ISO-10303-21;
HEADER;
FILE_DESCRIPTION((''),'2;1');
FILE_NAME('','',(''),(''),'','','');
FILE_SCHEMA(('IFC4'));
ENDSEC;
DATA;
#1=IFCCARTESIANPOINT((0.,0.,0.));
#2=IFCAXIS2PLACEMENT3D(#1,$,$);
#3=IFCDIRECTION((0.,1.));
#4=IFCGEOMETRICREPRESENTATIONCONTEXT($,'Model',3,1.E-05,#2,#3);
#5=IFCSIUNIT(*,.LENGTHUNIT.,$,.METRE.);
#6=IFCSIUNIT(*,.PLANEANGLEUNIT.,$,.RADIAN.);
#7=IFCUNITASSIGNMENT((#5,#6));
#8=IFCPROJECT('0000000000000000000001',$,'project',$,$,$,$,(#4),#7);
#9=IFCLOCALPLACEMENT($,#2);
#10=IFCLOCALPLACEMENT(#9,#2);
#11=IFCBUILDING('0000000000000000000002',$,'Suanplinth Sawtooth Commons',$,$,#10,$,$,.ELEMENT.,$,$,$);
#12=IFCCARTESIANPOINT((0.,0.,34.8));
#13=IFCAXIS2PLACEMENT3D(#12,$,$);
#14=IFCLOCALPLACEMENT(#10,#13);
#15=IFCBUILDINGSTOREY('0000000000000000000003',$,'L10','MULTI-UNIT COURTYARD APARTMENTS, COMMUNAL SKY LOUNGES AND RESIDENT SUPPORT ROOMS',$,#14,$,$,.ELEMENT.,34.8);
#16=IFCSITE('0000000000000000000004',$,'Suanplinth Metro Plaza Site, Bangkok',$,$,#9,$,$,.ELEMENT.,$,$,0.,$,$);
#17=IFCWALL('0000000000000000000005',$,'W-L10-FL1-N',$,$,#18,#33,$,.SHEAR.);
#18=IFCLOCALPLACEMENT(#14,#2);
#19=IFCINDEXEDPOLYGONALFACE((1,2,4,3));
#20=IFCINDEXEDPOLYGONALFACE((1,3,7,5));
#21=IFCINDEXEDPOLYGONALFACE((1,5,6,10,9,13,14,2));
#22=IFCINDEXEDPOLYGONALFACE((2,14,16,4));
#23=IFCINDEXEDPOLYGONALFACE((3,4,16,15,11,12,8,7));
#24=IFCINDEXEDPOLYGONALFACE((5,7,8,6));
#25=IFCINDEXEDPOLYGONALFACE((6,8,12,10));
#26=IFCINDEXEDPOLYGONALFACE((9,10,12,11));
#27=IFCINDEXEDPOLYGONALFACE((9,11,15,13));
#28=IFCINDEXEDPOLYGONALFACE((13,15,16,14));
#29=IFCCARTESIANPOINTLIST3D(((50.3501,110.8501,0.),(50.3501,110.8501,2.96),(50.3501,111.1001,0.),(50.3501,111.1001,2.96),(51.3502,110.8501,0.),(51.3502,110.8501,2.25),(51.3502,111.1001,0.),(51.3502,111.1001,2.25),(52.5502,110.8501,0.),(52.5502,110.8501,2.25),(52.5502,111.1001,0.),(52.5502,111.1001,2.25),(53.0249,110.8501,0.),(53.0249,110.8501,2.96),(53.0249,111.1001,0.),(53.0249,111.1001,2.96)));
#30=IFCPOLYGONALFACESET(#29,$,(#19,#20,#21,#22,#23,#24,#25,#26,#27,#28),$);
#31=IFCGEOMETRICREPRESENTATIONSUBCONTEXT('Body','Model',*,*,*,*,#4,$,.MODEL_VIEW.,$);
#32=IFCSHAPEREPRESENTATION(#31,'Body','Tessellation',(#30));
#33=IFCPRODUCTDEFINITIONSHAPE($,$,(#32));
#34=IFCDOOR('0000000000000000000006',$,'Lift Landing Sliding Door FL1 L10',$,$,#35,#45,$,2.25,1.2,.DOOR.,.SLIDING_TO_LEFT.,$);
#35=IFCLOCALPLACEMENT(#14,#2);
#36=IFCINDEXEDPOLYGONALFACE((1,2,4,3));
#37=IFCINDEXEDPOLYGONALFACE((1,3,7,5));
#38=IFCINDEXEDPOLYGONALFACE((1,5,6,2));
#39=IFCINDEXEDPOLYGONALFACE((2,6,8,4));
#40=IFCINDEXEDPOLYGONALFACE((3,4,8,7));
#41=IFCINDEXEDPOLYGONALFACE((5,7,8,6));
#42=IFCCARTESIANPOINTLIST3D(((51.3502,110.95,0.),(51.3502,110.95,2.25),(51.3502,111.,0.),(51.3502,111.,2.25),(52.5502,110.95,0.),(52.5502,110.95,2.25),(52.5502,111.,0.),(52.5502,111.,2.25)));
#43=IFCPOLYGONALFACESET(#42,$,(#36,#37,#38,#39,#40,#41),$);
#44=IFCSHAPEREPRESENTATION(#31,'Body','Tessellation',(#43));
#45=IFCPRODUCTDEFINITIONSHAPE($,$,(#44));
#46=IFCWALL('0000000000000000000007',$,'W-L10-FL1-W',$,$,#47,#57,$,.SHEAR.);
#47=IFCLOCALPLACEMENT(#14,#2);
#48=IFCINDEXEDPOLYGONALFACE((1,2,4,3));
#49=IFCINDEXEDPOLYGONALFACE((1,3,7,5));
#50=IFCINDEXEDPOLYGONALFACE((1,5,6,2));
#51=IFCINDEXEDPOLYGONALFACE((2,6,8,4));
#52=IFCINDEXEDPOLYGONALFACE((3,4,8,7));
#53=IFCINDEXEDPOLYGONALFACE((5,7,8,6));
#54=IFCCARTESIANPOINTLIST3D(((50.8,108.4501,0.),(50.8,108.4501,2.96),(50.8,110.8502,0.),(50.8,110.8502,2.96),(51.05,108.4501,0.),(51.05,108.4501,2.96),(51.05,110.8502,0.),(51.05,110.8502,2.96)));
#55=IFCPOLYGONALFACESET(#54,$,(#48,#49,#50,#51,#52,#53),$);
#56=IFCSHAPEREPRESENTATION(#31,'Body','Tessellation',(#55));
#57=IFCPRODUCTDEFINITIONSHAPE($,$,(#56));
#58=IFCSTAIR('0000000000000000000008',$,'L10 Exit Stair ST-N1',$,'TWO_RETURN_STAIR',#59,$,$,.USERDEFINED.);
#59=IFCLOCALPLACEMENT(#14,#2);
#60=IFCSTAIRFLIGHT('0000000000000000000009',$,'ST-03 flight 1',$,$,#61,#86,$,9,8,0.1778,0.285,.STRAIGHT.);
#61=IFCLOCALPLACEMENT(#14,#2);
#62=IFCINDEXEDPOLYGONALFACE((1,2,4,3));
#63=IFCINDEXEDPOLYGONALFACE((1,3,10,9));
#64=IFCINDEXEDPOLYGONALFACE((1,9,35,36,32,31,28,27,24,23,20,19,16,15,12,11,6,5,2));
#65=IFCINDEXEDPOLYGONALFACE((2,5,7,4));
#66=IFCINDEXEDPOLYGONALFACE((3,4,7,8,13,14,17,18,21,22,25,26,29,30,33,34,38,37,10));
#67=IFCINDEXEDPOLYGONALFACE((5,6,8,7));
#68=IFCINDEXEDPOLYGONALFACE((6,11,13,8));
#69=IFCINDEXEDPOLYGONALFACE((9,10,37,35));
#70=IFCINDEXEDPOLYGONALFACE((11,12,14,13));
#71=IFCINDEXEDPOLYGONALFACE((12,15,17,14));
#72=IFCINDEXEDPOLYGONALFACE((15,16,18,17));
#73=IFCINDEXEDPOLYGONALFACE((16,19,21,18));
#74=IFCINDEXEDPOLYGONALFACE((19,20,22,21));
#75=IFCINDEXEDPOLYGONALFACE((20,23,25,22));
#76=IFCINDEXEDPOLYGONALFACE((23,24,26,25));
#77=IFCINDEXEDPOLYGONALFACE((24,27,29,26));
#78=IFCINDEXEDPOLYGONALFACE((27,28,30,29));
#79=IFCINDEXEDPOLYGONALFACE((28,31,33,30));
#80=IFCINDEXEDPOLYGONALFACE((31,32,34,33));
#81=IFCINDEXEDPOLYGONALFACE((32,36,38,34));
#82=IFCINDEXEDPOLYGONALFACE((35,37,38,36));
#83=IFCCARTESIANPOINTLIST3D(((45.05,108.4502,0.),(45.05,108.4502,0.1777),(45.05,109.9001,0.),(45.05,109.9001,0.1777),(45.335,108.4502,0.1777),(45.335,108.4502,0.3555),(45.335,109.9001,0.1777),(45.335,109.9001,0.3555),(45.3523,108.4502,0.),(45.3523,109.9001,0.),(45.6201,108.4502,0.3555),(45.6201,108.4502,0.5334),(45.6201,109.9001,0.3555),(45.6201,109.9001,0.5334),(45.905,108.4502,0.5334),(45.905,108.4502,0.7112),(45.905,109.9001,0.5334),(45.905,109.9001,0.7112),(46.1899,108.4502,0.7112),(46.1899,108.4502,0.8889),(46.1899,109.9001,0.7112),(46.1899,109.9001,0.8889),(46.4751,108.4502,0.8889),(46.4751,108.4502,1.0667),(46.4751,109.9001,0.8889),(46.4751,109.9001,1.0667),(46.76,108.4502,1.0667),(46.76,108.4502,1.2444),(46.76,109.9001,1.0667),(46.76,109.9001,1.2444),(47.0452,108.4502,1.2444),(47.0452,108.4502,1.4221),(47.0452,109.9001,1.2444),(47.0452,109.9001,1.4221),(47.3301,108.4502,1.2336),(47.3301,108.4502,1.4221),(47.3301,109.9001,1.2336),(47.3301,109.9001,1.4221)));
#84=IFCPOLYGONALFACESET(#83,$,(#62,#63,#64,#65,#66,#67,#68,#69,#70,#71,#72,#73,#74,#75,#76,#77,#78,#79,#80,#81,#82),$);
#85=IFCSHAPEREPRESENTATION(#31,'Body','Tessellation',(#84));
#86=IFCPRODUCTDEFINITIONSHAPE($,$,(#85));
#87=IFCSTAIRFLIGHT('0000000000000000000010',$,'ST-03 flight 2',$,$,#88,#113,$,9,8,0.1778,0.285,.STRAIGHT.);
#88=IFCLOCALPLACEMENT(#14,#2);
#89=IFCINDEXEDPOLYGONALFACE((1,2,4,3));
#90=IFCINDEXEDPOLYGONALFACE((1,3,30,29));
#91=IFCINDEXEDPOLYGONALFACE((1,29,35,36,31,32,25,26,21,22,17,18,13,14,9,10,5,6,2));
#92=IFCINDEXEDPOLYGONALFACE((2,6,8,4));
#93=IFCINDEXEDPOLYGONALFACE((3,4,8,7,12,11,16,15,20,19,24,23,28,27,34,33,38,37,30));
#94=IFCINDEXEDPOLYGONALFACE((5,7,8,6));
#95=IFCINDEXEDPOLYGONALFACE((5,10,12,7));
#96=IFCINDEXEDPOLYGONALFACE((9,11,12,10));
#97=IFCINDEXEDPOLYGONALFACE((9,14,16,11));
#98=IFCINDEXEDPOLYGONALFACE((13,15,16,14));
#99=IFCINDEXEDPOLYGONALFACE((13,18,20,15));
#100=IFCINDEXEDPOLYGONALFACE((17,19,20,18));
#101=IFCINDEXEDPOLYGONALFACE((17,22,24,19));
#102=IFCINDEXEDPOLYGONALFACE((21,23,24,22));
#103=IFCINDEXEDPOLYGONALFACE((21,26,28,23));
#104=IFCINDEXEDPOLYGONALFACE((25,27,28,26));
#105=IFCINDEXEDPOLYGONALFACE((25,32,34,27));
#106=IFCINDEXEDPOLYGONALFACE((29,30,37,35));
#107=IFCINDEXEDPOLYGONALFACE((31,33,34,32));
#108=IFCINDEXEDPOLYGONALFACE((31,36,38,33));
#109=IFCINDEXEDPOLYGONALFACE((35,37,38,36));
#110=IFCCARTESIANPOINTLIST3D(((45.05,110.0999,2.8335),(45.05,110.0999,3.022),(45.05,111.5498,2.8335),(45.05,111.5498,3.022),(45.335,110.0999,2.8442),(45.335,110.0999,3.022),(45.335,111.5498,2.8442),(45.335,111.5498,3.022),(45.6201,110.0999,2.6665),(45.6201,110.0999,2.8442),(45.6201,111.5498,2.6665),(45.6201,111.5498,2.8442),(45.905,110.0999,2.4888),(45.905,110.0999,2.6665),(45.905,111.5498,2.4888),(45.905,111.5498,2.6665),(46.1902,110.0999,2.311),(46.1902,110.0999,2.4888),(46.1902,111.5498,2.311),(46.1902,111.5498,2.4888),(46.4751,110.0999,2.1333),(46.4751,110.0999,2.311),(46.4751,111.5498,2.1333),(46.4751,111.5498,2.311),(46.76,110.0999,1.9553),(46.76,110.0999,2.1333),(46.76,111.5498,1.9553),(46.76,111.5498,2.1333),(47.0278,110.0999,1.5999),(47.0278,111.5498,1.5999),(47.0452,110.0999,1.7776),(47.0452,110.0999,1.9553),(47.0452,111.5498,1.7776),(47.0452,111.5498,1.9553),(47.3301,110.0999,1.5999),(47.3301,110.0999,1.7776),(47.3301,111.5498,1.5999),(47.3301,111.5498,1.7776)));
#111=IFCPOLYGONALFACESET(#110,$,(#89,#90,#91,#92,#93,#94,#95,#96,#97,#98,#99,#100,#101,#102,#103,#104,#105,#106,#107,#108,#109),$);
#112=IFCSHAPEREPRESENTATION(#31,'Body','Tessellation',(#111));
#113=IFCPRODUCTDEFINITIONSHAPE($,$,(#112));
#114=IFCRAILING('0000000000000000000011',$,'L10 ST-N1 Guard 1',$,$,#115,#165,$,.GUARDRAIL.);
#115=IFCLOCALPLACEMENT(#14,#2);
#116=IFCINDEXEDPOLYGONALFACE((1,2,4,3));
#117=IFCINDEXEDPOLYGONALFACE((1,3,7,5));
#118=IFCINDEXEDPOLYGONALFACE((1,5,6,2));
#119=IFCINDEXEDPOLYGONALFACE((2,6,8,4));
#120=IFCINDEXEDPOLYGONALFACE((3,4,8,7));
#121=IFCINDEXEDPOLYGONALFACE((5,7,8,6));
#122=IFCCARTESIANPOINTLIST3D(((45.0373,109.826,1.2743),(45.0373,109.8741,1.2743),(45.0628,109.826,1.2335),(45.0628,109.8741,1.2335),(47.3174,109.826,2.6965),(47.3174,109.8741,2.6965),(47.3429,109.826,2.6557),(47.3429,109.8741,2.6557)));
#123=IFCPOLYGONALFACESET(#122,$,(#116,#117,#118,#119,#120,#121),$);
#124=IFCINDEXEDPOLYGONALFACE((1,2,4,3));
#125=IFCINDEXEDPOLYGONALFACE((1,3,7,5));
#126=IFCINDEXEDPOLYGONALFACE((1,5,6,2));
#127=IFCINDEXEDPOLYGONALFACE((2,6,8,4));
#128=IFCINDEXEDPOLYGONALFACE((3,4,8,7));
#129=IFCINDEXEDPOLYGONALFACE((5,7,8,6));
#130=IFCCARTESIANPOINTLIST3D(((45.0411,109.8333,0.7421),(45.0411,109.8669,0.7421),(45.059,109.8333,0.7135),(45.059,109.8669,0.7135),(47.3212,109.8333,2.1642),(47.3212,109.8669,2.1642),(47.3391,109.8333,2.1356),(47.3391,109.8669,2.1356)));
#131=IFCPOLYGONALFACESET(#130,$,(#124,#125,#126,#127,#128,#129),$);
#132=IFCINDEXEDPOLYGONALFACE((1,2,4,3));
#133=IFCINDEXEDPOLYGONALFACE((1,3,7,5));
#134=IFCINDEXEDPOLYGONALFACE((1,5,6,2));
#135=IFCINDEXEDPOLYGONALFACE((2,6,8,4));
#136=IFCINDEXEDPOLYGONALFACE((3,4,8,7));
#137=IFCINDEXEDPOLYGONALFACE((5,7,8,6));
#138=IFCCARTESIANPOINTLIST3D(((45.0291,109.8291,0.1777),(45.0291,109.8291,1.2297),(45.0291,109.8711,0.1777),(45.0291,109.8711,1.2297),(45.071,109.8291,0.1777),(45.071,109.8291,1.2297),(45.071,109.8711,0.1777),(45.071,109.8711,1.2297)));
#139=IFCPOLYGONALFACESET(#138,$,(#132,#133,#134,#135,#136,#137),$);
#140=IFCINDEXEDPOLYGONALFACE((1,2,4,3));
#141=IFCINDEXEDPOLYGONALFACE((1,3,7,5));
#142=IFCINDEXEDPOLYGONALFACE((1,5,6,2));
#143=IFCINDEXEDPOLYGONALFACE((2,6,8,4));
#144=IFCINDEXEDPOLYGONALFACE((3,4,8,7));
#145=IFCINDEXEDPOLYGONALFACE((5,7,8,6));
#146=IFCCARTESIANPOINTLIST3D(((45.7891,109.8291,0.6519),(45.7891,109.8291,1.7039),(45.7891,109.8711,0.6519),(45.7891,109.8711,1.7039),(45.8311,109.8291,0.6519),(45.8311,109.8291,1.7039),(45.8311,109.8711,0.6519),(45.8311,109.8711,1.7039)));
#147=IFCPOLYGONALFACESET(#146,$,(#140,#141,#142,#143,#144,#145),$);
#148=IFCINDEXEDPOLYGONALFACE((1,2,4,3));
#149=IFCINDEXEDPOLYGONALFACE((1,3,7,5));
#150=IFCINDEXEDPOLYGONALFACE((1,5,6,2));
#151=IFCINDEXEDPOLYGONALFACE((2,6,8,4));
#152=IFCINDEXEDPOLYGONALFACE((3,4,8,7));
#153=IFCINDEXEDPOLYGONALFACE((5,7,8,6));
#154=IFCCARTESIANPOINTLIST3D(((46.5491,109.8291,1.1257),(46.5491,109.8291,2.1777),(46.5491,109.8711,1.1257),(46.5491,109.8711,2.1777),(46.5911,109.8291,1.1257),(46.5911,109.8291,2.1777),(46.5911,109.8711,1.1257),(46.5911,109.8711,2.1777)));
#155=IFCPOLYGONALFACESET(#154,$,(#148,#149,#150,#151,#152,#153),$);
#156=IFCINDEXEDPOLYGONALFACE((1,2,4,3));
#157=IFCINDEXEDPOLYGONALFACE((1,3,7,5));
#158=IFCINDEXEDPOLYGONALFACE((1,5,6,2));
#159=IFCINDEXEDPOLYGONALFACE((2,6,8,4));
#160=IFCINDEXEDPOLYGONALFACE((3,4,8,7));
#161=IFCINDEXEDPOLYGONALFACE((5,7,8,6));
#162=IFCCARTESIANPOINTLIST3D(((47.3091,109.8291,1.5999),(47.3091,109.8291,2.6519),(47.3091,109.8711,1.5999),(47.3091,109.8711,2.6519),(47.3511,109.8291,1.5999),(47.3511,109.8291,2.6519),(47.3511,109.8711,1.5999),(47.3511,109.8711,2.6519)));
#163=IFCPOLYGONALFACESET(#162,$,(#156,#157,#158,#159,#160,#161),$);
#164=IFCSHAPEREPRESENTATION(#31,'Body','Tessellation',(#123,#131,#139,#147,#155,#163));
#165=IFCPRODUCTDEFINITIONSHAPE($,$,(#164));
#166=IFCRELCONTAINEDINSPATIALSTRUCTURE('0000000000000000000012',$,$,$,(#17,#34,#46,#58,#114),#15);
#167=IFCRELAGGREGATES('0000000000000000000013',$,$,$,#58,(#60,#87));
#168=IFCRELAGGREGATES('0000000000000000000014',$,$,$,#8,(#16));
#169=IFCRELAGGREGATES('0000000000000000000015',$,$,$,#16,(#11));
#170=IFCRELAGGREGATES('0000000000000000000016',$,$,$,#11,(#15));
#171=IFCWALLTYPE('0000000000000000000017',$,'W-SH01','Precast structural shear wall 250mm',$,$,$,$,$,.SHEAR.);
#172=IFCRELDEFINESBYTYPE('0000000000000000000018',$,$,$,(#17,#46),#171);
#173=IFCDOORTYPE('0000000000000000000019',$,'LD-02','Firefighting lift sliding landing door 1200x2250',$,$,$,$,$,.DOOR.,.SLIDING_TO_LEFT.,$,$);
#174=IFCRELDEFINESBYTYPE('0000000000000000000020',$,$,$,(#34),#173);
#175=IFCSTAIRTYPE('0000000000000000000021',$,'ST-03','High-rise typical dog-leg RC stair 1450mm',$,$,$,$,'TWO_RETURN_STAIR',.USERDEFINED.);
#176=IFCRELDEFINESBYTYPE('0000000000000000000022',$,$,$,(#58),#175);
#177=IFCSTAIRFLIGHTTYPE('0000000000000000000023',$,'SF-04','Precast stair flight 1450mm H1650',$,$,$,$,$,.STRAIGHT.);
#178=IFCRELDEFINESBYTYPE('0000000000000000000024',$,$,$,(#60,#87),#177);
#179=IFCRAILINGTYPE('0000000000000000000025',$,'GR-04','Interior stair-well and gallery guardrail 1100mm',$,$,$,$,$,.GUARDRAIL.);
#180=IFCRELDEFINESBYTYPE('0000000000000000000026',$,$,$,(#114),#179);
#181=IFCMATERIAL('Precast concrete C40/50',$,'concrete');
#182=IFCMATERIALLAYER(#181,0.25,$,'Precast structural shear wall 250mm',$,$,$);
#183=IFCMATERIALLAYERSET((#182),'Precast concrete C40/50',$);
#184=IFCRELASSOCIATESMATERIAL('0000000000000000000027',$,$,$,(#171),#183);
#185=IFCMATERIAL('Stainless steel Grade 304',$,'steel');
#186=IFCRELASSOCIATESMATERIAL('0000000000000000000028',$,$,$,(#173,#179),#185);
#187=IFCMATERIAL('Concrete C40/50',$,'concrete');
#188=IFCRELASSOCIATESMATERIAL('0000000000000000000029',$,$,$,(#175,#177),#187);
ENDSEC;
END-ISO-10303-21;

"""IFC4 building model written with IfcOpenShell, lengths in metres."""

from ifc_helpers import new_model, si_unit, direction, frame, frame_2d, origin, origin_2d, place, context, subcontext, project, spatial, polyline, rectangle, outline, extrude, material, layer, layer_set, type_object, element, fill, aggregate, save


model = new_model("IFC4")

# Units and contexts
model_context = context("Model", 3, precision=1e-05, world=origin(), true_north=direction((0.0, 1.0)))
body_context = subcontext(model_context, "Body", "Model", "MODEL_VIEW")
ifc_project = project(units=[si_unit("LENGTHUNIT", "METRE"), si_unit("PLANEANGLEUNIT", "RADIAN")], contexts=[model_context])

# Site, building, storey
site_placement = place(None, origin())
site = spatial("IfcSite", under=ifc_project, at=site_placement, Name="Suanplinth Metro Plaza Site, Bangkok", CompositionType="ELEMENT", RefElevation=0.0)
building_placement = place(site_placement, origin())
building = spatial("IfcBuilding", under=site, at=building_placement, Name="Suanplinth Sawtooth Commons", CompositionType="ELEMENT")
storey_placement = place(building_placement, frame((0.0, 0.0, 34.8)))
storey = spatial("IfcBuildingStorey", under=building, at=storey_placement, Name="L10", Description="MULTI-UNIT COURTYARD APARTMENTS, COMMUNAL SKY LOUNGES AND RESIDENT SUPPORT ROOMS", CompositionType="ELEMENT", Elevation=34.8)

# Shared definitions
ifc_material_1 = material(Name="Precast concrete C40/50", Category="concrete")

# Shared definitions
ifc_material_2 = material(Name="Concrete C40/50", Category="concrete")

# Shared definitions
ifc_layer_1 = layer(ifc_material_1, 0.25, Name="Precast structural shear wall 250mm")
ifc_layer_set_1 = layer_set([ifc_layer_1], Name="Precast concrete C40/50")
wall_type_1 = type_object("IfcWallType", Name="W-SH01", Description="Precast structural shear wall 250mm", PredefinedType="SHEAR", material=ifc_layer_set_1)

# Wall, opening, door
wall_1_placement = place(storey_placement, frame((50.3501, 110.9751, 0.0), z_axis=(0.0, 0.0, 1.0), x_axis=(1.0, 0.0, 0.0)))
wall_1 = element("IfcWall", 1, at=wall_1_placement, inside=storey, type_object=wall_type_1, Name="W-L10-FL1-N", PredefinedType="SHEAR", context=body_context, shape_type="SweptSolid", body=[
    extrude(rectangle(XDim=2.6748, YDim=0.25, at=frame_2d((1.3374, 0.0))), origin(), (0.0, 0.0, 1.0), 2.96),
])
opening_1_placement = place(wall_1_placement, frame((1.0, 0.0, 0.0)))
opening_1 = element("IfcOpeningElement", 2, at=opening_1_placement, cuts=wall_1, PredefinedType="OPENING", context=body_context, shape_type="SweptSolid", body=[
    extrude(rectangle(XDim=1.2, YDim=2.25, at=frame_2d((0.6001, 1.125))), frame((0.0, 0.1399, 0.0), z_axis=(0.0, -1.0, 0.0), x_axis=(1.0, 0.0, 0.0)), (0.0, 0.0, 1.0), 0.2798),
])
ifc_material_3 = material(Name="Stainless steel Grade 304", Category="steel")
door_type_1 = type_object("IfcDoorType", Name="LD-02", Description="Firefighting lift sliding landing door 1200x2250", OperationType="SLIDING_TO_LEFT", PredefinedType="DOOR", material=ifc_material_3)
door_1_placement = place(opening_1_placement, origin())
door_1 = element("IfcDoor", 3, at=door_1_placement, inside=storey, type_object=door_type_1, Name="Lift Landing Sliding Door FL1 L10", OperationType="SLIDING_TO_LEFT", OverallHeight=2.25, OverallWidth=1.2, PredefinedType="DOOR", context=body_context, shape_type="SweptSolid", body=[
    extrude(rectangle(XDim=1.2, YDim=2.25, at=frame_2d((0.6001, 1.125))), frame((0.0, 0.0249, 0.0), z_axis=(0.0, -1.0, 0.0), x_axis=(1.0, 0.0, 0.0)), (0.0, 0.0, 1.0), 0.05),
])
fill(opening_1, door_1)

# Wall
wall_2_placement = place(storey_placement, frame((50.925, 108.45, 0.0), z_axis=(0.0, 0.0, 1.0), x_axis=(0.0, 1.0, 0.0)))
element("IfcWall", 4, at=wall_2_placement, inside=storey, type_object=wall_type_1, Name="W-L10-FL1-W", PredefinedType="SHEAR", context=body_context, shape_type="SweptSolid", body=[
    extrude(rectangle(XDim=2.4001, YDim=0.25, at=frame_2d((1.2002, 0.0))), origin(), (0.0, 0.0, 1.0), 2.96),
])

# Stair, stair flights
stair_type = type_object("IfcStairType", Name="ST-03", Description="High-rise typical dog-leg RC stair 1450mm", ElementType="TWO_RETURN_STAIR", PredefinedType="USERDEFINED", material=ifc_material_2)
stair_placement = place(storey_placement, origin())
stair = element("IfcStair", 5, at=stair_placement, inside=storey, type_object=stair_type, Name="L10 Exit Stair ST-N1", ObjectType="TWO_RETURN_STAIR", PredefinedType="USERDEFINED")
stair_flight_type = type_object("IfcStairFlightType", Name="SF-04", Description="Precast stair flight 1450mm H1650", PredefinedType="STRAIGHT", material=ifc_material_2)
stair_flight_1_placement = place(storey_placement, frame((45.05, 109.175, 0.0), z_axis=(0.0, 0.0, 1.0), x_axis=(1.0, 0.0, 0.0)))
stair_flight_1 = element("IfcStairFlight", 6, at=stair_flight_1_placement, type_object=stair_flight_type, Name="ST-03 flight 1", NumberOfRisers=9, NumberOfTreads=8, PredefinedType="STRAIGHT", RiserHeight=0.1778, TreadLength=0.285, context=body_context, shape_type="SweptSolid", body=[
    extrude(outline(polyline([(0.0, 0.0), (0.0, 0.1777), (0.2849, 0.1777), (0.2849, 0.3555), (0.5701, 0.3555), (0.5701, 0.5334), (0.855, 0.5334), (0.855, 0.7112), (1.1399, 0.7112), (1.1399, 0.8889), (1.425, 0.8889), (1.425, 1.0667), (1.71, 1.0667), (1.71, 1.2444), (1.9951, 1.2444), (1.9951, 1.4221), (2.28, 1.4221), (2.28, 1.6001), (2.28, 1.2336), (0.3022, 0.0), (0.0, 0.0)])), frame((0.0, 0.7251, 0.0), z_axis=(0.0, -1.0, 0.0), x_axis=(1.0, 0.0, 0.0)), (0.0, 0.0, 1.0), 1.45),
])
stair_flight_2_placement = place(storey_placement, frame((47.3301, 110.825, 1.5999), z_axis=(0.0, 0.0, 1.0), x_axis=(-1.0, 0.0, 0.0)))
stair_flight_2 = element("IfcStairFlight", 7, at=stair_flight_2_placement, type_object=stair_flight_type, Name="ST-03 flight 2", NumberOfRisers=9, NumberOfTreads=8, PredefinedType="STRAIGHT", RiserHeight=0.1778, TreadLength=0.285, context=body_context, shape_type="SweptSolid", body=[
    extrude(outline(polyline([(0.0, 0.0), (0.0, 0.1777), (0.2849, 0.1777), (0.2849, 0.3555), (0.5701, 0.3555), (0.5701, 0.5334), (0.855, 0.5334), (0.855, 0.7112), (1.1399, 0.7112), (1.1399, 0.8889), (1.425, 0.8889), (1.425, 1.0667), (1.71, 1.0667), (1.71, 1.2444), (1.9951, 1.2444), (1.9951, 1.4221), (2.28, 1.4221), (2.28, 1.6001), (2.28, 1.2336), (0.3022, 0.0), (0.0, 0.0)])), frame((0.0, 0.7251, 0.0), z_axis=(0.0, -1.0, 0.0), x_axis=(1.0, 0.0, 0.0)), (0.0, 0.0, 1.0), 1.45),
])
aggregate(stair, [stair_flight_1, stair_flight_2])

# Railing
railing_type_1 = type_object("IfcRailingType", Name="GR-04", Description="Interior stair-well and gallery guardrail 1100mm", PredefinedType="GUARDRAIL", material=ifc_material_3)
railing_1_placement = place(storey_placement, frame((45.05, 109.8501, 0.1777)))
element("IfcRailing", 8, at=railing_1_placement, inside=storey, type_object=railing_type_1, Name="L10 ST-N1 Guard 1", PredefinedType="GUARDRAIL", context=body_context, shape_type="SweptSolid", body=[
    extrude(rectangle(XDim=0.0481, YDim=0.0481, at=origin_2d()), frame((0.0, 0.0, 1.0762), z_axis=(0.848483, 0.0, 0.529223), x_axis=(0.0, 1.0, 0.0)), (0.0, 0.0, 1.0), 2.6873),
    extrude(rectangle(XDim=0.0337, YDim=0.0337, at=origin_2d()), frame((0.0, 0.0, 0.55), z_axis=(0.848483, 0.0, 0.529223), x_axis=(0.0, 1.0, 0.0)), (0.0, 0.0, 1.0), 2.6873),
    extrude(rectangle(XDim=0.042, YDim=0.042, at=origin_2d()), origin(), (0.0, 0.0, 1.0), 1.052),
    extrude(rectangle(XDim=0.042, YDim=0.042, at=origin_2d()), frame((0.76, 0.0, 0.4741)), (0.0, 0.0, 1.0), 1.052),
    extrude(rectangle(XDim=0.042, YDim=0.042, at=origin_2d()), frame((1.52, 0.0, 0.948)), (0.0, 0.0, 1.0), 1.052),
    extrude(rectangle(XDim=0.042, YDim=0.042, at=origin_2d()), frame((2.28, 0.0, 1.4221)), (0.0, 0.0, 1.0), 1.052),
])

save(model, "model.ifc")
